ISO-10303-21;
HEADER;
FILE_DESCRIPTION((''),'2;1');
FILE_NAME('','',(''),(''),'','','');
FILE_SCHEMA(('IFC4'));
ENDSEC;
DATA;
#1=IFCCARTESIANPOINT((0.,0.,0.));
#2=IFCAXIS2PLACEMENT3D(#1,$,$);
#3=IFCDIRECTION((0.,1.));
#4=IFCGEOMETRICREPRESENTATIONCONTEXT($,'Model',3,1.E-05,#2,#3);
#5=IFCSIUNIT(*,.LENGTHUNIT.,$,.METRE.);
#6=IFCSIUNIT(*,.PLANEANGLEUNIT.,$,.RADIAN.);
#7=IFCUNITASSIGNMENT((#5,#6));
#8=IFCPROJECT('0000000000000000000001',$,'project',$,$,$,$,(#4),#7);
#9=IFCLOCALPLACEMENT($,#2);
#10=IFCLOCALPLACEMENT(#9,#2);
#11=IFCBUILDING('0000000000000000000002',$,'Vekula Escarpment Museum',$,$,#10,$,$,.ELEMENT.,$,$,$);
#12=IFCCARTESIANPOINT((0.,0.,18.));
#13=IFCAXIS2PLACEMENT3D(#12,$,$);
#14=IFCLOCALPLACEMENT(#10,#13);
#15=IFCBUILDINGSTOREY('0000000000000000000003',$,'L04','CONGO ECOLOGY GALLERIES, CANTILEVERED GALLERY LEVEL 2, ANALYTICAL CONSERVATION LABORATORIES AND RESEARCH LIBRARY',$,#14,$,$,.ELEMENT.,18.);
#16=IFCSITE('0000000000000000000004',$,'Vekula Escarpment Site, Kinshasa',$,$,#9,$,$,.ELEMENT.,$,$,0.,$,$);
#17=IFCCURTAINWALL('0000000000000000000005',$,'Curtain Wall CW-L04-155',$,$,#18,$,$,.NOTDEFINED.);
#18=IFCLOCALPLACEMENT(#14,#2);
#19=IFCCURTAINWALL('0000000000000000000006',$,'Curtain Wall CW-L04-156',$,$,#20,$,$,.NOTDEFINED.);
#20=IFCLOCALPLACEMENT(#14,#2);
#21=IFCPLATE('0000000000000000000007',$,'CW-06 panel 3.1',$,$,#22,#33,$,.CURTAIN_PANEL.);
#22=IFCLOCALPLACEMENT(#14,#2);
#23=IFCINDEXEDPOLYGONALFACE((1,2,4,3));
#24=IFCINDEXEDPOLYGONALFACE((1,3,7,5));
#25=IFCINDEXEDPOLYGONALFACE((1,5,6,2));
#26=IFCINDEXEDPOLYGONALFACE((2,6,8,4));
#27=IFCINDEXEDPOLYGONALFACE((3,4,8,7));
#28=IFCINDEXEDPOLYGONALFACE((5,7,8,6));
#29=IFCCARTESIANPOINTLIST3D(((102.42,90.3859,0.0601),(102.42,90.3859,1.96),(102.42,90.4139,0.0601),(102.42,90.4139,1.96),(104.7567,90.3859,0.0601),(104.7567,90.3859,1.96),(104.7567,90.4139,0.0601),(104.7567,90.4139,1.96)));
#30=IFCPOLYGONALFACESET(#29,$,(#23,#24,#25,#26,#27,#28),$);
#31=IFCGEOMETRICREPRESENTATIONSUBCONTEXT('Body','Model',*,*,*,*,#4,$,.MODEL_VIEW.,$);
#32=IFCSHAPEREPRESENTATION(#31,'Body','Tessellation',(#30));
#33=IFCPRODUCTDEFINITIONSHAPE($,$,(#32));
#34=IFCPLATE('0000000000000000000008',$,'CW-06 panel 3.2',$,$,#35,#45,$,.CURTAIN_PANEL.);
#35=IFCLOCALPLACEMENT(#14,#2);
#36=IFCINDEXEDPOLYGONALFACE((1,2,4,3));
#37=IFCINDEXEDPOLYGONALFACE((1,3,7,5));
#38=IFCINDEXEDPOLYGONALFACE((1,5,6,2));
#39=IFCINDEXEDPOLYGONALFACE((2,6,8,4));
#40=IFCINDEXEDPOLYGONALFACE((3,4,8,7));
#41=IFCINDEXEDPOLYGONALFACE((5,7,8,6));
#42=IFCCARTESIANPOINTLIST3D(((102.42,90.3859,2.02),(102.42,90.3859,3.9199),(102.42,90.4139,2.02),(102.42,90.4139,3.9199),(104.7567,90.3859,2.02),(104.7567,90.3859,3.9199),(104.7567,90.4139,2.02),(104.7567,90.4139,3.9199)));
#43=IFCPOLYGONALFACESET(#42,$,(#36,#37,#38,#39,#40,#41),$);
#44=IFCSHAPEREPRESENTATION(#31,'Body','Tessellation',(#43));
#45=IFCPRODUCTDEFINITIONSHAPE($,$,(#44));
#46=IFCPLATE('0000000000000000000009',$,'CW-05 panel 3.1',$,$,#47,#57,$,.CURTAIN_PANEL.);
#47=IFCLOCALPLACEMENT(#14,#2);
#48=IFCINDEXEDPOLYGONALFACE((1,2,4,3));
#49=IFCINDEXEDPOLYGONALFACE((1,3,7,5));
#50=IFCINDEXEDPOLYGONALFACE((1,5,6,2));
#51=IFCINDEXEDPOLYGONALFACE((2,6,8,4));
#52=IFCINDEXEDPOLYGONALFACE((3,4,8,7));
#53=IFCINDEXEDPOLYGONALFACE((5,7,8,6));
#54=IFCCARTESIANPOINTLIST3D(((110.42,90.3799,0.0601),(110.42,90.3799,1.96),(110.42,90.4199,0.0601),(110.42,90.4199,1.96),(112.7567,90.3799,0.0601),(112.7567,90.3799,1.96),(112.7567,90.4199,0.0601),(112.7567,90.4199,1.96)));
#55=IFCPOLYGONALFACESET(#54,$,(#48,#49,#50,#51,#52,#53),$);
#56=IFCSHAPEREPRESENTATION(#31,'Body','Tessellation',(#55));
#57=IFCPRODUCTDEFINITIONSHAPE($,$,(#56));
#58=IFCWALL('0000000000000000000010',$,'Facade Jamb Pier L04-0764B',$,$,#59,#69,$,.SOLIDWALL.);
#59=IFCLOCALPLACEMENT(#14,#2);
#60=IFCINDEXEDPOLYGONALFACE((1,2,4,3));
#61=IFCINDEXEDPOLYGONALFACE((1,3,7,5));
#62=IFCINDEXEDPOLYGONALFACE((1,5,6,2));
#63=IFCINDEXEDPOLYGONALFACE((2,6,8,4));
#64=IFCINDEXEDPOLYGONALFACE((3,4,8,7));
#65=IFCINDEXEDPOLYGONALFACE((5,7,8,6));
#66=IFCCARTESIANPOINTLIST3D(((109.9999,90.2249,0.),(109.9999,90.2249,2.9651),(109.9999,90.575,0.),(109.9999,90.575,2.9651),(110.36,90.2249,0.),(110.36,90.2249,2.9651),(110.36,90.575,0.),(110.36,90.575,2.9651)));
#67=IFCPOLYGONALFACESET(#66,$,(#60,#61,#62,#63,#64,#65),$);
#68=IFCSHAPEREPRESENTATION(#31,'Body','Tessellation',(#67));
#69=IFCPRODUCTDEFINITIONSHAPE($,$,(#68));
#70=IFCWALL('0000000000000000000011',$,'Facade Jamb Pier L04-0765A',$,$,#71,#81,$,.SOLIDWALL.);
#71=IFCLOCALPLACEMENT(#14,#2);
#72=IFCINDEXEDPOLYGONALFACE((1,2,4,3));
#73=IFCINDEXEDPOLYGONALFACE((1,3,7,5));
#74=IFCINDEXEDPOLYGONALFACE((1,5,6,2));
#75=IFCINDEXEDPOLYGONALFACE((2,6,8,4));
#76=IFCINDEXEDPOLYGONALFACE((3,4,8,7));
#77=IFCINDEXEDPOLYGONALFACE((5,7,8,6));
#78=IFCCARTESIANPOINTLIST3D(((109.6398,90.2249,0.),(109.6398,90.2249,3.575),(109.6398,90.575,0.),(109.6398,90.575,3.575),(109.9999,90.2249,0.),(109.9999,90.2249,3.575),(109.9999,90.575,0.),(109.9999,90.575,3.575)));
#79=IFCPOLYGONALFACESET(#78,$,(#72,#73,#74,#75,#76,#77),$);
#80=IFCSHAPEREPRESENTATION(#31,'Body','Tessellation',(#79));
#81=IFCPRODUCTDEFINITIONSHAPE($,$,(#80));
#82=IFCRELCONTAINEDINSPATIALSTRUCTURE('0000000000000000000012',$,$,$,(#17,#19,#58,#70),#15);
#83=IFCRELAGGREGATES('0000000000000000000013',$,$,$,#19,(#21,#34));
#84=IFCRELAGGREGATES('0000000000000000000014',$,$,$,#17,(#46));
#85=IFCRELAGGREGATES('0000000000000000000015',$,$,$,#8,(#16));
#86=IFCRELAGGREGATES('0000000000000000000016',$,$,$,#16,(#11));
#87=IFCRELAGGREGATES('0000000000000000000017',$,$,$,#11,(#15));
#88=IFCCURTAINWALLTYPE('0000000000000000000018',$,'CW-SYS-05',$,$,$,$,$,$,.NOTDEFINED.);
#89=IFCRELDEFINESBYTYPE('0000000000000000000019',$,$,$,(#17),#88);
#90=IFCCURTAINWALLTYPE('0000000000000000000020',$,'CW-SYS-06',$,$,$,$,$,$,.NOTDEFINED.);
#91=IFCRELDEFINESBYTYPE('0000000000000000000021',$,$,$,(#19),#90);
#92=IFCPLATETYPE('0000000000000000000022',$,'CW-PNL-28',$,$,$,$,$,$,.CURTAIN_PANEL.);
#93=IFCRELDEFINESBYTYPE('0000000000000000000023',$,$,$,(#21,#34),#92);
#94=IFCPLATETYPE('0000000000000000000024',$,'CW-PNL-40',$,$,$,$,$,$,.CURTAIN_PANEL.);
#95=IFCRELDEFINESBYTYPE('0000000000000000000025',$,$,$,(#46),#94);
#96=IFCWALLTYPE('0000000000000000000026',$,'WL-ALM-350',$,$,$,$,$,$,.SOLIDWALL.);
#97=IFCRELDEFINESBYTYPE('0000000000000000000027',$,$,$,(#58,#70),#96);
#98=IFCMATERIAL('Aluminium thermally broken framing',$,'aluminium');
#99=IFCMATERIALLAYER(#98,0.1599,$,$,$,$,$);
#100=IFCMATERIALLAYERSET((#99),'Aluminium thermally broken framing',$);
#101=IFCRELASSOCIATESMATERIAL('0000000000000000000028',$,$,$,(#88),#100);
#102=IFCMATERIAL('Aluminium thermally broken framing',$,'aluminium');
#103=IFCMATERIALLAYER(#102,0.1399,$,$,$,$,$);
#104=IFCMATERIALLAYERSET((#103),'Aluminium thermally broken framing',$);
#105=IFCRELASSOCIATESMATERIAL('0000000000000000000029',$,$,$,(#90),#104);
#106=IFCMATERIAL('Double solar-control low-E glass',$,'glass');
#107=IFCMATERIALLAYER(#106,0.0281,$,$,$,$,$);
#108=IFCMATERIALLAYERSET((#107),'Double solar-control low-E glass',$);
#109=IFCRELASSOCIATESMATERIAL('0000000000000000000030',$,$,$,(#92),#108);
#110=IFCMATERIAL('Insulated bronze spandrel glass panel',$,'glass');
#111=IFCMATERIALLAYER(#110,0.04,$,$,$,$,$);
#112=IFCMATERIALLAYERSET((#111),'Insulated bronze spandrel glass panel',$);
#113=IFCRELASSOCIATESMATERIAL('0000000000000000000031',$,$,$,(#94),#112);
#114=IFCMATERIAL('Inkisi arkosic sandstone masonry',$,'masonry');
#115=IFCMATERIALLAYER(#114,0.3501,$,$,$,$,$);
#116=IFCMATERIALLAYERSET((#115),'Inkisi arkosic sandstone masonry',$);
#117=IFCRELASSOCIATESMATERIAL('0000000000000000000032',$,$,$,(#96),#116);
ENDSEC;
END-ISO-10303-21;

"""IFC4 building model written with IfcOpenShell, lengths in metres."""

from ifc_helpers import new_model, si_unit, direction, frame, frame_2d, origin, origin_2d, place, context, subcontext, project, spatial, rectangle, extrude, material, layer, layer_set, type_object, element, aggregate, save


model = new_model("IFC4")

# Units and contexts
model_context = context("Model", 3, precision=1e-05, world=origin(), true_north=direction((0.0, 1.0)))
body_context = subcontext(model_context, "Body", "Model", "MODEL_VIEW")
ifc_project = project(units=[si_unit("LENGTHUNIT", "METRE"), si_unit("PLANEANGLEUNIT", "RADIAN")], contexts=[model_context])

# Site, building, storey
site_placement = place(None, origin())
site = spatial("IfcSite", under=ifc_project, at=site_placement, Name="Vekula Escarpment Site, Kinshasa", CompositionType="ELEMENT", RefElevation=0.0)
building_placement = place(site_placement, origin())
building = spatial("IfcBuilding", under=site, at=building_placement, Name="Vekula Escarpment Museum", CompositionType="ELEMENT")
storey_placement = place(building_placement, frame((0.0, 0.0, 18.0)))
storey = spatial("IfcBuildingStorey", under=building, at=storey_placement, Name="L04", Description="CONGO ECOLOGY GALLERIES, CANTILEVERED GALLERY LEVEL 2, ANALYTICAL CONSERVATION LABORATORIES AND RESEARCH LIBRARY", CompositionType="ELEMENT", Elevation=18.0)

# Curtain wall
ifc_material_1 = material(Name="Aluminium thermally broken framing", Category="aluminium")
ifc_layer_1 = layer(ifc_material_1, 0.1599)
ifc_layer_set_1 = layer_set([ifc_layer_1], Name="Aluminium thermally broken framing")
curtain_wall_type_1 = type_object("IfcCurtainWallType", Name="CW-SYS-05", PredefinedType="NOTDEFINED", material=ifc_layer_set_1)
curtain_wall_1_placement = place(storey_placement, origin())
curtain_wall_1 = element("IfcCurtainWall", 1, at=curtain_wall_1_placement, inside=storey, type_object=curtain_wall_type_1, Name="Curtain Wall CW-L04-155", PredefinedType="NOTDEFINED")

# Curtain wall
ifc_material_2 = material(Name="Aluminium thermally broken framing", Category="aluminium")
ifc_layer_2 = layer(ifc_material_2, 0.1399)
ifc_layer_set_2 = layer_set([ifc_layer_2], Name="Aluminium thermally broken framing")
curtain_wall_type_2 = type_object("IfcCurtainWallType", Name="CW-SYS-06", PredefinedType="NOTDEFINED", material=ifc_layer_set_2)
curtain_wall_2_placement = place(storey_placement, origin())
curtain_wall_2 = element("IfcCurtainWall", 2, at=curtain_wall_2_placement, inside=storey, type_object=curtain_wall_type_2, Name="Curtain Wall CW-L04-156", PredefinedType="NOTDEFINED")

# Plates
ifc_material_3 = material(Name="Double solar-control low-E glass", Category="glass")
ifc_layer_3 = layer(ifc_material_3, 0.0281)
ifc_layer_set_3 = layer_set([ifc_layer_3], Name="Double solar-control low-E glass")
plate_type_1 = type_object("IfcPlateType", Name="CW-PNL-28", PredefinedType="CURTAIN_PANEL", material=ifc_layer_set_3)
plate_1_placement = place(storey_placement, frame((103.5884, 90.3999, 0.0601), z_axis=(0.0, 0.0, 1.0), x_axis=(-1.0, 0.0, 0.0)))
plate_1 = element("IfcPlate", 3, at=plate_1_placement, type_object=plate_type_1, Name="CW-06 panel 3.1", PredefinedType="CURTAIN_PANEL", context=body_context, shape_type="SweptSolid", body=[
    extrude(rectangle(XDim=2.3367, YDim=0.0281, at=origin_2d()), origin(), (0.0, 0.0, 1.0), 1.8999),
])
plate_2_placement = place(storey_placement, frame((103.5884, 90.3999, 2.02), z_axis=(0.0, 0.0, 1.0), x_axis=(-1.0, 0.0, 0.0)))
plate_2 = element("IfcPlate", 4, at=plate_2_placement, type_object=plate_type_1, Name="CW-06 panel 3.2", PredefinedType="CURTAIN_PANEL", context=body_context, shape_type="SweptSolid", body=[
    extrude(rectangle(XDim=2.3367, YDim=0.0281, at=origin_2d()), origin(), (0.0, 0.0, 1.0), 1.8999),
])
aggregate(curtain_wall_2, [plate_1, plate_2])
ifc_material_4 = material(Name="Insulated bronze spandrel glass panel", Category="glass")
ifc_layer_4 = layer(ifc_material_4, 0.04)
ifc_layer_set_4 = layer_set([ifc_layer_4], Name="Insulated bronze spandrel glass panel")
plate_type_2 = type_object("IfcPlateType", Name="CW-PNL-40", PredefinedType="CURTAIN_PANEL", material=ifc_layer_set_4)
plate_3_placement = place(storey_placement, frame((111.5884, 90.3999, 0.0601), z_axis=(0.0, 0.0, 1.0), x_axis=(-1.0, 0.0, 0.0)))
plate_3 = element("IfcPlate", 5, at=plate_3_placement, type_object=plate_type_2, Name="CW-05 panel 3.1", PredefinedType="CURTAIN_PANEL", context=body_context, shape_type="SweptSolid", body=[
    extrude(rectangle(XDim=2.3367, YDim=0.04, at=origin_2d()), origin(), (0.0, 0.0, 1.0), 1.8999),
])
aggregate(curtain_wall_1, [plate_3])

# Walls
ifc_material_5 = material(Name="Inkisi arkosic sandstone masonry", Category="masonry")
ifc_layer_5 = layer(ifc_material_5, 0.3501)
ifc_layer_set_5 = layer_set([ifc_layer_5], Name="Inkisi arkosic sandstone masonry")
wall_type = type_object("IfcWallType", Name="WL-ALM-350", PredefinedType="SOLIDWALL", material=ifc_layer_set_5)
wall_1_placement = place(storey_placement, frame((110.3601, 90.3999, 0.0), z_axis=(0.0, 0.0, 1.0), x_axis=(-1.0, 0.0, 0.0)))
element("IfcWall", 6, at=wall_1_placement, inside=storey, type_object=wall_type, Name="Facade Jamb Pier L04-0764B", PredefinedType="SOLIDWALL", context=body_context, shape_type="SweptSolid", body=[
    extrude(rectangle(XDim=0.3601, YDim=0.3501, at=frame_2d((0.1802, 0.0))), origin(), (0.0, 0.0, 1.0), 2.9651),
])
wall_2_placement = place(storey_placement, frame((110.0, 90.3999, 0.0), z_axis=(0.0, 0.0, 1.0), x_axis=(-1.0, 0.0, 0.0)))
element("IfcWall", 7, at=wall_2_placement, inside=storey, type_object=wall_type, Name="Facade Jamb Pier L04-0765A", PredefinedType="SOLIDWALL", context=body_context, shape_type="SweptSolid", body=[
    extrude(rectangle(XDim=0.3601, YDim=0.3501, at=frame_2d((0.1802, 0.0))), origin(), (0.0, 0.0, 1.0), 3.575),
])

save(model, "model.ifc")
